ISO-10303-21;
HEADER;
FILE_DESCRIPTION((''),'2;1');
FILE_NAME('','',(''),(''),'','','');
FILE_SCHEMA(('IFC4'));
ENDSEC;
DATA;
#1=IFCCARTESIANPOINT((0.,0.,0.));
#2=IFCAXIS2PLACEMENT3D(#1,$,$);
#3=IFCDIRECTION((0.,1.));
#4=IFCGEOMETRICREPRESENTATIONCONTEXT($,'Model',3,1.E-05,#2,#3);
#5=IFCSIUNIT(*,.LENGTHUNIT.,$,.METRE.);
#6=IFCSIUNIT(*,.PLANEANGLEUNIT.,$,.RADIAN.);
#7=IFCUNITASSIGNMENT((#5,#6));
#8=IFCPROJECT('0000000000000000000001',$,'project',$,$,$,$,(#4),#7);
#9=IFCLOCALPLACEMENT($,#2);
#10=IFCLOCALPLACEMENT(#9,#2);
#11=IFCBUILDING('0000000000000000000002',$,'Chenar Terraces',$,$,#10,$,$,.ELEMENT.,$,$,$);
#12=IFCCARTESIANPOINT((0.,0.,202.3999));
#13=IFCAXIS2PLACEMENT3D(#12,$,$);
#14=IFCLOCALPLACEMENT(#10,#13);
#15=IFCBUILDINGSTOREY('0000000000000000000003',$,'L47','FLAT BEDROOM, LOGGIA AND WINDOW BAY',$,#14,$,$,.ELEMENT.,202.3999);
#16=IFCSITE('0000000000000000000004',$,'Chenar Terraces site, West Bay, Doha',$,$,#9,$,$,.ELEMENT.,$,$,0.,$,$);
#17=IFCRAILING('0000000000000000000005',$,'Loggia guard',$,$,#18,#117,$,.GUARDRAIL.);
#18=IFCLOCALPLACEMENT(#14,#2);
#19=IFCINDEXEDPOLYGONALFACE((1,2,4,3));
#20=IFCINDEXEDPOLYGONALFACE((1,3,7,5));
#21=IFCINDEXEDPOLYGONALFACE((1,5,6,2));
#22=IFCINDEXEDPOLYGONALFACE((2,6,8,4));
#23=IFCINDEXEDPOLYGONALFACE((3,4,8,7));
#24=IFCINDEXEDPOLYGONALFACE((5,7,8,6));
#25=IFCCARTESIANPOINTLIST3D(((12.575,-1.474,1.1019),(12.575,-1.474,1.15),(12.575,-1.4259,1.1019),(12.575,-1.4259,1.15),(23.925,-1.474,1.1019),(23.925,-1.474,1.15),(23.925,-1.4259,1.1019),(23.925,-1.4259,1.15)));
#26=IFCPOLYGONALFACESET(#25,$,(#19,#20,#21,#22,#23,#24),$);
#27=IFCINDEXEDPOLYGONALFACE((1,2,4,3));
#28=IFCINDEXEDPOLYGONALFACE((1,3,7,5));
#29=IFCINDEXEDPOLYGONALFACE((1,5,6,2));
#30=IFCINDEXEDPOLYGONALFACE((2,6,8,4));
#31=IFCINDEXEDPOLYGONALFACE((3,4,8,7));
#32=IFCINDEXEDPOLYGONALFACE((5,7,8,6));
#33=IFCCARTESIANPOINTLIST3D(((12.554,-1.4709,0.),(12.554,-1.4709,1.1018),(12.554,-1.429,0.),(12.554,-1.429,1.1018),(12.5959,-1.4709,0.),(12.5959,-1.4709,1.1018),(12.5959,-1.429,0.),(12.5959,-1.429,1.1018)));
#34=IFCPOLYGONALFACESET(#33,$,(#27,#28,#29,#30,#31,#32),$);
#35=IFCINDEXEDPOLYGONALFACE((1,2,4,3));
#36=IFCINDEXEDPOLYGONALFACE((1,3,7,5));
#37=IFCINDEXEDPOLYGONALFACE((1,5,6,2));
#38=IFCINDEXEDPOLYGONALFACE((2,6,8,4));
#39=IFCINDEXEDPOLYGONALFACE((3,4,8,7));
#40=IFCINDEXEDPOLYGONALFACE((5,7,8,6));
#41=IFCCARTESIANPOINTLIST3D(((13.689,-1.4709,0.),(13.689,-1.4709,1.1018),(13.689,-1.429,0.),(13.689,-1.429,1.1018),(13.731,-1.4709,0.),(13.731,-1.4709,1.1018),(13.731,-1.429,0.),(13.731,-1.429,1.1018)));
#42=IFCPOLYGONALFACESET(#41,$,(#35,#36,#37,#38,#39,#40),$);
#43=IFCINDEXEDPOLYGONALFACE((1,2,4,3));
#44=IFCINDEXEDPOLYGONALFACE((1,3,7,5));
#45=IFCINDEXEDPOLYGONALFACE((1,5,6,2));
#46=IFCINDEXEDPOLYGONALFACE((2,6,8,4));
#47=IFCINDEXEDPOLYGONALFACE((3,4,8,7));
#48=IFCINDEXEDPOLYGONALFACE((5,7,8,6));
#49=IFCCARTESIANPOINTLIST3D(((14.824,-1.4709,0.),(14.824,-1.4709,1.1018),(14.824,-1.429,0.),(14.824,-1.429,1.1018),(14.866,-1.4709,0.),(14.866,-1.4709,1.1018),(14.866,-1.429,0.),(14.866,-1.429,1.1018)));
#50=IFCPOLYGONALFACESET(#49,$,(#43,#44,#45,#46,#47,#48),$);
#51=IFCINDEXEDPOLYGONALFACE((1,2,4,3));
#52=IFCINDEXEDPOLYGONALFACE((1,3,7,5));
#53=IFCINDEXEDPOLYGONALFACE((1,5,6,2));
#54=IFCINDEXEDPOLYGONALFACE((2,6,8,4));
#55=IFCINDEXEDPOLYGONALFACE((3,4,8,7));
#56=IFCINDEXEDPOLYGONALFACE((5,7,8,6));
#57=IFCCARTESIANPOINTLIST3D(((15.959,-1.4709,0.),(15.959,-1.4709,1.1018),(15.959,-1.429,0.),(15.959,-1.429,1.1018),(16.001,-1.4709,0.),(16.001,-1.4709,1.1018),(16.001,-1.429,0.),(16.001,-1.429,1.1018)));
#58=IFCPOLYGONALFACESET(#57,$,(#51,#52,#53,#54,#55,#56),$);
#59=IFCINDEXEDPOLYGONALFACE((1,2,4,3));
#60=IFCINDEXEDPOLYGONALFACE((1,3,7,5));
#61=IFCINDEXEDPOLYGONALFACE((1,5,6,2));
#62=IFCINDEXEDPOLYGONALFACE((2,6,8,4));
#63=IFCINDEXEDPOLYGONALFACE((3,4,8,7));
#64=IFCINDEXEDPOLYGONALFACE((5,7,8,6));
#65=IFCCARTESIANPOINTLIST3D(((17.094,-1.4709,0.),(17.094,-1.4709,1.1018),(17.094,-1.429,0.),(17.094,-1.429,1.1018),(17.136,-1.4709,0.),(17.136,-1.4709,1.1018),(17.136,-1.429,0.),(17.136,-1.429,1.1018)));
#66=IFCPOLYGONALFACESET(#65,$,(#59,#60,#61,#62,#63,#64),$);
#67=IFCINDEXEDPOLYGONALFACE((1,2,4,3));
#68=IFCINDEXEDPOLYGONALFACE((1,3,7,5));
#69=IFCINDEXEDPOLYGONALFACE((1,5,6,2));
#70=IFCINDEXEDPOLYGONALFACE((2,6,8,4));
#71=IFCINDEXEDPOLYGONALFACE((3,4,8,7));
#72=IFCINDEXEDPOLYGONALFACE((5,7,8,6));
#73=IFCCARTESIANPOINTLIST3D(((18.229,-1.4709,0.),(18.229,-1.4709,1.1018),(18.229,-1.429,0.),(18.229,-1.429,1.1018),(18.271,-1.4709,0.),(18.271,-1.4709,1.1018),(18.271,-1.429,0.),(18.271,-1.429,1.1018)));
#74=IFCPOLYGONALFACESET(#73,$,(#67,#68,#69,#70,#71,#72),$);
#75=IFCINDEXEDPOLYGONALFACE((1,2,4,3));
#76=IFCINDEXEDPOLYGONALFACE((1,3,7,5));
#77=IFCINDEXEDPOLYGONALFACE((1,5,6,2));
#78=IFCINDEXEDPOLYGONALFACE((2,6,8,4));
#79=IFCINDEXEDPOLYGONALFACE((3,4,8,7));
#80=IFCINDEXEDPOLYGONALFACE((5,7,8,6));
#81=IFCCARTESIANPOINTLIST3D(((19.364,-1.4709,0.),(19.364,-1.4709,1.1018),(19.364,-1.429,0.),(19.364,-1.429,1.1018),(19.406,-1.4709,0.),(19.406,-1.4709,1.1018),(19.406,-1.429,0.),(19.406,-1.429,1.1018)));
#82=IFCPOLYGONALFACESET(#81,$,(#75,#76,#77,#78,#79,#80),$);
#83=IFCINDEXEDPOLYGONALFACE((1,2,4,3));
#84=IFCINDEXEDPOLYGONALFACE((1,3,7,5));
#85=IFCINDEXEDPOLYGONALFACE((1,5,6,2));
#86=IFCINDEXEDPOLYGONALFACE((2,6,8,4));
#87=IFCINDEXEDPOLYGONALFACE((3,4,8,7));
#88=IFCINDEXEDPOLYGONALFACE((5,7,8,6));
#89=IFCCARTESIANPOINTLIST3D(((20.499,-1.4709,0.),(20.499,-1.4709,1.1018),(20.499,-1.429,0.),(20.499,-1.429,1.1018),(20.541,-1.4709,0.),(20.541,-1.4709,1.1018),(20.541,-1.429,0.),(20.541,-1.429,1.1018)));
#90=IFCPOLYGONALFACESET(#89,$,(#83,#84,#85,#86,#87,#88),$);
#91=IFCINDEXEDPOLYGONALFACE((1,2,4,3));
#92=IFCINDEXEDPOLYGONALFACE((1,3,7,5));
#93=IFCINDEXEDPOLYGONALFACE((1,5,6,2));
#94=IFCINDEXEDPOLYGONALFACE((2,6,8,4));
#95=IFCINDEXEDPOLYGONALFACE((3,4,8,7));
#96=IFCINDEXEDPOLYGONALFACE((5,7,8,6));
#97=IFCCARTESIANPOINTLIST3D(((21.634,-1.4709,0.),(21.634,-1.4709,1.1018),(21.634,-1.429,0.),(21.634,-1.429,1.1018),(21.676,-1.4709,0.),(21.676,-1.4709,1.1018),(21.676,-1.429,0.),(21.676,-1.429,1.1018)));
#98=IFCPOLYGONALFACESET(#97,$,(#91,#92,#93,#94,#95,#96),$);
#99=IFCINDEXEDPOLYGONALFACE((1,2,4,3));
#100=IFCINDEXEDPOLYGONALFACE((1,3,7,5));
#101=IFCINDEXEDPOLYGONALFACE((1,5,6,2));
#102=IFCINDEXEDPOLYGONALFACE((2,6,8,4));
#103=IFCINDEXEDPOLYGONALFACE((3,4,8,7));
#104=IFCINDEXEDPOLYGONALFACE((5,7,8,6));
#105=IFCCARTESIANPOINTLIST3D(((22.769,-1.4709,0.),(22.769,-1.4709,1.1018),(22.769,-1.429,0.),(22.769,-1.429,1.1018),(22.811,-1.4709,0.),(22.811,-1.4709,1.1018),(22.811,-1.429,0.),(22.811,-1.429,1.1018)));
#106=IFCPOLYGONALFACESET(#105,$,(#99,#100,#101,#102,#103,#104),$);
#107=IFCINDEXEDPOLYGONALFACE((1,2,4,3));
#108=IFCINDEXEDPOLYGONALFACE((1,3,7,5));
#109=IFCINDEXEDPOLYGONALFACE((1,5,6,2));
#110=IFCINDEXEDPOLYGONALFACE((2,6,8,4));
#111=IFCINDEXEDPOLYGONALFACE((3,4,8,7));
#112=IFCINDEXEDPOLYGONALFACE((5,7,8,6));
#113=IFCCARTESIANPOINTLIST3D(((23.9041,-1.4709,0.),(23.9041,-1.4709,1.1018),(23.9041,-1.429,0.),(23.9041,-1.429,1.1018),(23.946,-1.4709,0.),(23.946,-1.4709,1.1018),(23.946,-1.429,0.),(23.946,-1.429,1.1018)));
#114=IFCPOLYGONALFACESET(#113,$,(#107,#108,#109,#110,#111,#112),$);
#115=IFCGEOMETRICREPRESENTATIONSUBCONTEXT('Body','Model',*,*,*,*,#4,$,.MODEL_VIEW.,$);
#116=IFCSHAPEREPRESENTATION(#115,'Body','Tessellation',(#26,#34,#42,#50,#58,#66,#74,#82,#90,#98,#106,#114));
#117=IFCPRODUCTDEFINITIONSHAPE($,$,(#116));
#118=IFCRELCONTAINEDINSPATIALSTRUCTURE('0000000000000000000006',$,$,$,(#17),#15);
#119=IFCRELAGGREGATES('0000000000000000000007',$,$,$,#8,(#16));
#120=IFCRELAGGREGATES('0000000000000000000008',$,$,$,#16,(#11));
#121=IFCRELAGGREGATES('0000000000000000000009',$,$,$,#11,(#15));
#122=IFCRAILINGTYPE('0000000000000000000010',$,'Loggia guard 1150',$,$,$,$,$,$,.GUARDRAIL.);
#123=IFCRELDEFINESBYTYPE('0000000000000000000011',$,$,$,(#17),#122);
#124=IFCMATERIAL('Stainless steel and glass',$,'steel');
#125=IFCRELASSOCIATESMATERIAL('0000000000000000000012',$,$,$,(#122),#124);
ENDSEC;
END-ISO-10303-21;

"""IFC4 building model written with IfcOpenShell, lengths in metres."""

from ifc_helpers import new_model, si_unit, direction, frame, origin, origin_2d, place, context, subcontext, project, spatial, rectangle, extrude, material, type_object, element, save


model = new_model("IFC4")

# Units and contexts
model_context = context("Model", 3, precision=1e-05, world=origin(), true_north=direction((0.0, 1.0)))
body_context = subcontext(model_context, "Body", "Model", "MODEL_VIEW")
ifc_project = project(units=[si_unit("LENGTHUNIT", "METRE"), si_unit("PLANEANGLEUNIT", "RADIAN")], contexts=[model_context])

# Site, building, storey
site_placement = place(None, origin())
site = spatial("IfcSite", under=ifc_project, at=site_placement, Name="Chenar Terraces site, West Bay, Doha", CompositionType="ELEMENT", RefElevation=0.0)
building_placement = place(site_placement, origin())
building = spatial("IfcBuilding", under=site, at=building_placement, Name="Chenar Terraces", CompositionType="ELEMENT")
storey_placement = place(building_placement, frame((0.0, 0.0, 202.3999)))
storey = spatial("IfcBuildingStorey", under=building, at=storey_placement, Name="L47", Description="FLAT BEDROOM, LOGGIA AND WINDOW BAY", CompositionType="ELEMENT", Elevation=202.3999)

# Railing
ifc_material_1 = material(Name="Stainless steel and glass", Category="steel")
railing_type = type_object("IfcRailingType", Name="Loggia guard 1150", PredefinedType="GUARDRAIL", material=ifc_material_1)
railing_placement = place(storey_placement, frame((12.575, -1.45, 0.0)))
element("IfcRailing", 1, at=railing_placement, inside=storey, type_object=railing_type, Name="Loggia guard", PredefinedType="GUARDRAIL", context=body_context, shape_type="SweptSolid", body=[
    extrude(rectangle(XDim=0.0481, YDim=0.0481, at=origin_2d()), frame((0.0, 0.0, 1.126), z_axis=(1.0, 0.0, 0.0), x_axis=(0.0, 1.0, 0.0)), (0.0, 0.0, 1.0), 11.3501),
    extrude(rectangle(XDim=0.042, YDim=0.042, at=origin_2d()), origin(), (0.0, 0.0, 1.0), 1.1018),
    extrude(rectangle(XDim=0.042, YDim=0.042, at=origin_2d()), frame((1.135, 0.0, 0.0)), (0.0, 0.0, 1.0), 1.1018),
    extrude(rectangle(XDim=0.042, YDim=0.042, at=origin_2d()), frame((2.27, 0.0, 0.0)), (0.0, 0.0, 1.0), 1.1018),
    extrude(rectangle(XDim=0.042, YDim=0.042, at=origin_2d()), frame((3.405, 0.0, 0.0)), (0.0, 0.0, 1.0), 1.1018),
    extrude(rectangle(XDim=0.042, YDim=0.042, at=origin_2d()), frame((4.54, 0.0, 0.0)), (0.0, 0.0, 1.0), 1.1018),
    extrude(rectangle(XDim=0.042, YDim=0.042, at=origin_2d()), frame((5.675, 0.0, 0.0)), (0.0, 0.0, 1.0), 1.1018),
    extrude(rectangle(XDim=0.042, YDim=0.042, at=origin_2d()), frame((6.8101, 0.0, 0.0)), (0.0, 0.0, 1.0), 1.1018),
    extrude(rectangle(XDim=0.042, YDim=0.042, at=origin_2d()), frame((7.9451, 0.0, 0.0)), (0.0, 0.0, 1.0), 1.1018),
    extrude(rectangle(XDim=0.042, YDim=0.042, at=origin_2d()), frame((9.0801, 0.0, 0.0)), (0.0, 0.0, 1.0), 1.1018),
    extrude(rectangle(XDim=0.042, YDim=0.042, at=origin_2d()), frame((10.2151, 0.0, 0.0)), (0.0, 0.0, 1.0), 1.1018),
    extrude(rectangle(XDim=0.042, YDim=0.042, at=origin_2d()), frame((11.3501, 0.0, 0.0)), (0.0, 0.0, 1.0), 1.1018),
])

save(model, "model.ifc")
